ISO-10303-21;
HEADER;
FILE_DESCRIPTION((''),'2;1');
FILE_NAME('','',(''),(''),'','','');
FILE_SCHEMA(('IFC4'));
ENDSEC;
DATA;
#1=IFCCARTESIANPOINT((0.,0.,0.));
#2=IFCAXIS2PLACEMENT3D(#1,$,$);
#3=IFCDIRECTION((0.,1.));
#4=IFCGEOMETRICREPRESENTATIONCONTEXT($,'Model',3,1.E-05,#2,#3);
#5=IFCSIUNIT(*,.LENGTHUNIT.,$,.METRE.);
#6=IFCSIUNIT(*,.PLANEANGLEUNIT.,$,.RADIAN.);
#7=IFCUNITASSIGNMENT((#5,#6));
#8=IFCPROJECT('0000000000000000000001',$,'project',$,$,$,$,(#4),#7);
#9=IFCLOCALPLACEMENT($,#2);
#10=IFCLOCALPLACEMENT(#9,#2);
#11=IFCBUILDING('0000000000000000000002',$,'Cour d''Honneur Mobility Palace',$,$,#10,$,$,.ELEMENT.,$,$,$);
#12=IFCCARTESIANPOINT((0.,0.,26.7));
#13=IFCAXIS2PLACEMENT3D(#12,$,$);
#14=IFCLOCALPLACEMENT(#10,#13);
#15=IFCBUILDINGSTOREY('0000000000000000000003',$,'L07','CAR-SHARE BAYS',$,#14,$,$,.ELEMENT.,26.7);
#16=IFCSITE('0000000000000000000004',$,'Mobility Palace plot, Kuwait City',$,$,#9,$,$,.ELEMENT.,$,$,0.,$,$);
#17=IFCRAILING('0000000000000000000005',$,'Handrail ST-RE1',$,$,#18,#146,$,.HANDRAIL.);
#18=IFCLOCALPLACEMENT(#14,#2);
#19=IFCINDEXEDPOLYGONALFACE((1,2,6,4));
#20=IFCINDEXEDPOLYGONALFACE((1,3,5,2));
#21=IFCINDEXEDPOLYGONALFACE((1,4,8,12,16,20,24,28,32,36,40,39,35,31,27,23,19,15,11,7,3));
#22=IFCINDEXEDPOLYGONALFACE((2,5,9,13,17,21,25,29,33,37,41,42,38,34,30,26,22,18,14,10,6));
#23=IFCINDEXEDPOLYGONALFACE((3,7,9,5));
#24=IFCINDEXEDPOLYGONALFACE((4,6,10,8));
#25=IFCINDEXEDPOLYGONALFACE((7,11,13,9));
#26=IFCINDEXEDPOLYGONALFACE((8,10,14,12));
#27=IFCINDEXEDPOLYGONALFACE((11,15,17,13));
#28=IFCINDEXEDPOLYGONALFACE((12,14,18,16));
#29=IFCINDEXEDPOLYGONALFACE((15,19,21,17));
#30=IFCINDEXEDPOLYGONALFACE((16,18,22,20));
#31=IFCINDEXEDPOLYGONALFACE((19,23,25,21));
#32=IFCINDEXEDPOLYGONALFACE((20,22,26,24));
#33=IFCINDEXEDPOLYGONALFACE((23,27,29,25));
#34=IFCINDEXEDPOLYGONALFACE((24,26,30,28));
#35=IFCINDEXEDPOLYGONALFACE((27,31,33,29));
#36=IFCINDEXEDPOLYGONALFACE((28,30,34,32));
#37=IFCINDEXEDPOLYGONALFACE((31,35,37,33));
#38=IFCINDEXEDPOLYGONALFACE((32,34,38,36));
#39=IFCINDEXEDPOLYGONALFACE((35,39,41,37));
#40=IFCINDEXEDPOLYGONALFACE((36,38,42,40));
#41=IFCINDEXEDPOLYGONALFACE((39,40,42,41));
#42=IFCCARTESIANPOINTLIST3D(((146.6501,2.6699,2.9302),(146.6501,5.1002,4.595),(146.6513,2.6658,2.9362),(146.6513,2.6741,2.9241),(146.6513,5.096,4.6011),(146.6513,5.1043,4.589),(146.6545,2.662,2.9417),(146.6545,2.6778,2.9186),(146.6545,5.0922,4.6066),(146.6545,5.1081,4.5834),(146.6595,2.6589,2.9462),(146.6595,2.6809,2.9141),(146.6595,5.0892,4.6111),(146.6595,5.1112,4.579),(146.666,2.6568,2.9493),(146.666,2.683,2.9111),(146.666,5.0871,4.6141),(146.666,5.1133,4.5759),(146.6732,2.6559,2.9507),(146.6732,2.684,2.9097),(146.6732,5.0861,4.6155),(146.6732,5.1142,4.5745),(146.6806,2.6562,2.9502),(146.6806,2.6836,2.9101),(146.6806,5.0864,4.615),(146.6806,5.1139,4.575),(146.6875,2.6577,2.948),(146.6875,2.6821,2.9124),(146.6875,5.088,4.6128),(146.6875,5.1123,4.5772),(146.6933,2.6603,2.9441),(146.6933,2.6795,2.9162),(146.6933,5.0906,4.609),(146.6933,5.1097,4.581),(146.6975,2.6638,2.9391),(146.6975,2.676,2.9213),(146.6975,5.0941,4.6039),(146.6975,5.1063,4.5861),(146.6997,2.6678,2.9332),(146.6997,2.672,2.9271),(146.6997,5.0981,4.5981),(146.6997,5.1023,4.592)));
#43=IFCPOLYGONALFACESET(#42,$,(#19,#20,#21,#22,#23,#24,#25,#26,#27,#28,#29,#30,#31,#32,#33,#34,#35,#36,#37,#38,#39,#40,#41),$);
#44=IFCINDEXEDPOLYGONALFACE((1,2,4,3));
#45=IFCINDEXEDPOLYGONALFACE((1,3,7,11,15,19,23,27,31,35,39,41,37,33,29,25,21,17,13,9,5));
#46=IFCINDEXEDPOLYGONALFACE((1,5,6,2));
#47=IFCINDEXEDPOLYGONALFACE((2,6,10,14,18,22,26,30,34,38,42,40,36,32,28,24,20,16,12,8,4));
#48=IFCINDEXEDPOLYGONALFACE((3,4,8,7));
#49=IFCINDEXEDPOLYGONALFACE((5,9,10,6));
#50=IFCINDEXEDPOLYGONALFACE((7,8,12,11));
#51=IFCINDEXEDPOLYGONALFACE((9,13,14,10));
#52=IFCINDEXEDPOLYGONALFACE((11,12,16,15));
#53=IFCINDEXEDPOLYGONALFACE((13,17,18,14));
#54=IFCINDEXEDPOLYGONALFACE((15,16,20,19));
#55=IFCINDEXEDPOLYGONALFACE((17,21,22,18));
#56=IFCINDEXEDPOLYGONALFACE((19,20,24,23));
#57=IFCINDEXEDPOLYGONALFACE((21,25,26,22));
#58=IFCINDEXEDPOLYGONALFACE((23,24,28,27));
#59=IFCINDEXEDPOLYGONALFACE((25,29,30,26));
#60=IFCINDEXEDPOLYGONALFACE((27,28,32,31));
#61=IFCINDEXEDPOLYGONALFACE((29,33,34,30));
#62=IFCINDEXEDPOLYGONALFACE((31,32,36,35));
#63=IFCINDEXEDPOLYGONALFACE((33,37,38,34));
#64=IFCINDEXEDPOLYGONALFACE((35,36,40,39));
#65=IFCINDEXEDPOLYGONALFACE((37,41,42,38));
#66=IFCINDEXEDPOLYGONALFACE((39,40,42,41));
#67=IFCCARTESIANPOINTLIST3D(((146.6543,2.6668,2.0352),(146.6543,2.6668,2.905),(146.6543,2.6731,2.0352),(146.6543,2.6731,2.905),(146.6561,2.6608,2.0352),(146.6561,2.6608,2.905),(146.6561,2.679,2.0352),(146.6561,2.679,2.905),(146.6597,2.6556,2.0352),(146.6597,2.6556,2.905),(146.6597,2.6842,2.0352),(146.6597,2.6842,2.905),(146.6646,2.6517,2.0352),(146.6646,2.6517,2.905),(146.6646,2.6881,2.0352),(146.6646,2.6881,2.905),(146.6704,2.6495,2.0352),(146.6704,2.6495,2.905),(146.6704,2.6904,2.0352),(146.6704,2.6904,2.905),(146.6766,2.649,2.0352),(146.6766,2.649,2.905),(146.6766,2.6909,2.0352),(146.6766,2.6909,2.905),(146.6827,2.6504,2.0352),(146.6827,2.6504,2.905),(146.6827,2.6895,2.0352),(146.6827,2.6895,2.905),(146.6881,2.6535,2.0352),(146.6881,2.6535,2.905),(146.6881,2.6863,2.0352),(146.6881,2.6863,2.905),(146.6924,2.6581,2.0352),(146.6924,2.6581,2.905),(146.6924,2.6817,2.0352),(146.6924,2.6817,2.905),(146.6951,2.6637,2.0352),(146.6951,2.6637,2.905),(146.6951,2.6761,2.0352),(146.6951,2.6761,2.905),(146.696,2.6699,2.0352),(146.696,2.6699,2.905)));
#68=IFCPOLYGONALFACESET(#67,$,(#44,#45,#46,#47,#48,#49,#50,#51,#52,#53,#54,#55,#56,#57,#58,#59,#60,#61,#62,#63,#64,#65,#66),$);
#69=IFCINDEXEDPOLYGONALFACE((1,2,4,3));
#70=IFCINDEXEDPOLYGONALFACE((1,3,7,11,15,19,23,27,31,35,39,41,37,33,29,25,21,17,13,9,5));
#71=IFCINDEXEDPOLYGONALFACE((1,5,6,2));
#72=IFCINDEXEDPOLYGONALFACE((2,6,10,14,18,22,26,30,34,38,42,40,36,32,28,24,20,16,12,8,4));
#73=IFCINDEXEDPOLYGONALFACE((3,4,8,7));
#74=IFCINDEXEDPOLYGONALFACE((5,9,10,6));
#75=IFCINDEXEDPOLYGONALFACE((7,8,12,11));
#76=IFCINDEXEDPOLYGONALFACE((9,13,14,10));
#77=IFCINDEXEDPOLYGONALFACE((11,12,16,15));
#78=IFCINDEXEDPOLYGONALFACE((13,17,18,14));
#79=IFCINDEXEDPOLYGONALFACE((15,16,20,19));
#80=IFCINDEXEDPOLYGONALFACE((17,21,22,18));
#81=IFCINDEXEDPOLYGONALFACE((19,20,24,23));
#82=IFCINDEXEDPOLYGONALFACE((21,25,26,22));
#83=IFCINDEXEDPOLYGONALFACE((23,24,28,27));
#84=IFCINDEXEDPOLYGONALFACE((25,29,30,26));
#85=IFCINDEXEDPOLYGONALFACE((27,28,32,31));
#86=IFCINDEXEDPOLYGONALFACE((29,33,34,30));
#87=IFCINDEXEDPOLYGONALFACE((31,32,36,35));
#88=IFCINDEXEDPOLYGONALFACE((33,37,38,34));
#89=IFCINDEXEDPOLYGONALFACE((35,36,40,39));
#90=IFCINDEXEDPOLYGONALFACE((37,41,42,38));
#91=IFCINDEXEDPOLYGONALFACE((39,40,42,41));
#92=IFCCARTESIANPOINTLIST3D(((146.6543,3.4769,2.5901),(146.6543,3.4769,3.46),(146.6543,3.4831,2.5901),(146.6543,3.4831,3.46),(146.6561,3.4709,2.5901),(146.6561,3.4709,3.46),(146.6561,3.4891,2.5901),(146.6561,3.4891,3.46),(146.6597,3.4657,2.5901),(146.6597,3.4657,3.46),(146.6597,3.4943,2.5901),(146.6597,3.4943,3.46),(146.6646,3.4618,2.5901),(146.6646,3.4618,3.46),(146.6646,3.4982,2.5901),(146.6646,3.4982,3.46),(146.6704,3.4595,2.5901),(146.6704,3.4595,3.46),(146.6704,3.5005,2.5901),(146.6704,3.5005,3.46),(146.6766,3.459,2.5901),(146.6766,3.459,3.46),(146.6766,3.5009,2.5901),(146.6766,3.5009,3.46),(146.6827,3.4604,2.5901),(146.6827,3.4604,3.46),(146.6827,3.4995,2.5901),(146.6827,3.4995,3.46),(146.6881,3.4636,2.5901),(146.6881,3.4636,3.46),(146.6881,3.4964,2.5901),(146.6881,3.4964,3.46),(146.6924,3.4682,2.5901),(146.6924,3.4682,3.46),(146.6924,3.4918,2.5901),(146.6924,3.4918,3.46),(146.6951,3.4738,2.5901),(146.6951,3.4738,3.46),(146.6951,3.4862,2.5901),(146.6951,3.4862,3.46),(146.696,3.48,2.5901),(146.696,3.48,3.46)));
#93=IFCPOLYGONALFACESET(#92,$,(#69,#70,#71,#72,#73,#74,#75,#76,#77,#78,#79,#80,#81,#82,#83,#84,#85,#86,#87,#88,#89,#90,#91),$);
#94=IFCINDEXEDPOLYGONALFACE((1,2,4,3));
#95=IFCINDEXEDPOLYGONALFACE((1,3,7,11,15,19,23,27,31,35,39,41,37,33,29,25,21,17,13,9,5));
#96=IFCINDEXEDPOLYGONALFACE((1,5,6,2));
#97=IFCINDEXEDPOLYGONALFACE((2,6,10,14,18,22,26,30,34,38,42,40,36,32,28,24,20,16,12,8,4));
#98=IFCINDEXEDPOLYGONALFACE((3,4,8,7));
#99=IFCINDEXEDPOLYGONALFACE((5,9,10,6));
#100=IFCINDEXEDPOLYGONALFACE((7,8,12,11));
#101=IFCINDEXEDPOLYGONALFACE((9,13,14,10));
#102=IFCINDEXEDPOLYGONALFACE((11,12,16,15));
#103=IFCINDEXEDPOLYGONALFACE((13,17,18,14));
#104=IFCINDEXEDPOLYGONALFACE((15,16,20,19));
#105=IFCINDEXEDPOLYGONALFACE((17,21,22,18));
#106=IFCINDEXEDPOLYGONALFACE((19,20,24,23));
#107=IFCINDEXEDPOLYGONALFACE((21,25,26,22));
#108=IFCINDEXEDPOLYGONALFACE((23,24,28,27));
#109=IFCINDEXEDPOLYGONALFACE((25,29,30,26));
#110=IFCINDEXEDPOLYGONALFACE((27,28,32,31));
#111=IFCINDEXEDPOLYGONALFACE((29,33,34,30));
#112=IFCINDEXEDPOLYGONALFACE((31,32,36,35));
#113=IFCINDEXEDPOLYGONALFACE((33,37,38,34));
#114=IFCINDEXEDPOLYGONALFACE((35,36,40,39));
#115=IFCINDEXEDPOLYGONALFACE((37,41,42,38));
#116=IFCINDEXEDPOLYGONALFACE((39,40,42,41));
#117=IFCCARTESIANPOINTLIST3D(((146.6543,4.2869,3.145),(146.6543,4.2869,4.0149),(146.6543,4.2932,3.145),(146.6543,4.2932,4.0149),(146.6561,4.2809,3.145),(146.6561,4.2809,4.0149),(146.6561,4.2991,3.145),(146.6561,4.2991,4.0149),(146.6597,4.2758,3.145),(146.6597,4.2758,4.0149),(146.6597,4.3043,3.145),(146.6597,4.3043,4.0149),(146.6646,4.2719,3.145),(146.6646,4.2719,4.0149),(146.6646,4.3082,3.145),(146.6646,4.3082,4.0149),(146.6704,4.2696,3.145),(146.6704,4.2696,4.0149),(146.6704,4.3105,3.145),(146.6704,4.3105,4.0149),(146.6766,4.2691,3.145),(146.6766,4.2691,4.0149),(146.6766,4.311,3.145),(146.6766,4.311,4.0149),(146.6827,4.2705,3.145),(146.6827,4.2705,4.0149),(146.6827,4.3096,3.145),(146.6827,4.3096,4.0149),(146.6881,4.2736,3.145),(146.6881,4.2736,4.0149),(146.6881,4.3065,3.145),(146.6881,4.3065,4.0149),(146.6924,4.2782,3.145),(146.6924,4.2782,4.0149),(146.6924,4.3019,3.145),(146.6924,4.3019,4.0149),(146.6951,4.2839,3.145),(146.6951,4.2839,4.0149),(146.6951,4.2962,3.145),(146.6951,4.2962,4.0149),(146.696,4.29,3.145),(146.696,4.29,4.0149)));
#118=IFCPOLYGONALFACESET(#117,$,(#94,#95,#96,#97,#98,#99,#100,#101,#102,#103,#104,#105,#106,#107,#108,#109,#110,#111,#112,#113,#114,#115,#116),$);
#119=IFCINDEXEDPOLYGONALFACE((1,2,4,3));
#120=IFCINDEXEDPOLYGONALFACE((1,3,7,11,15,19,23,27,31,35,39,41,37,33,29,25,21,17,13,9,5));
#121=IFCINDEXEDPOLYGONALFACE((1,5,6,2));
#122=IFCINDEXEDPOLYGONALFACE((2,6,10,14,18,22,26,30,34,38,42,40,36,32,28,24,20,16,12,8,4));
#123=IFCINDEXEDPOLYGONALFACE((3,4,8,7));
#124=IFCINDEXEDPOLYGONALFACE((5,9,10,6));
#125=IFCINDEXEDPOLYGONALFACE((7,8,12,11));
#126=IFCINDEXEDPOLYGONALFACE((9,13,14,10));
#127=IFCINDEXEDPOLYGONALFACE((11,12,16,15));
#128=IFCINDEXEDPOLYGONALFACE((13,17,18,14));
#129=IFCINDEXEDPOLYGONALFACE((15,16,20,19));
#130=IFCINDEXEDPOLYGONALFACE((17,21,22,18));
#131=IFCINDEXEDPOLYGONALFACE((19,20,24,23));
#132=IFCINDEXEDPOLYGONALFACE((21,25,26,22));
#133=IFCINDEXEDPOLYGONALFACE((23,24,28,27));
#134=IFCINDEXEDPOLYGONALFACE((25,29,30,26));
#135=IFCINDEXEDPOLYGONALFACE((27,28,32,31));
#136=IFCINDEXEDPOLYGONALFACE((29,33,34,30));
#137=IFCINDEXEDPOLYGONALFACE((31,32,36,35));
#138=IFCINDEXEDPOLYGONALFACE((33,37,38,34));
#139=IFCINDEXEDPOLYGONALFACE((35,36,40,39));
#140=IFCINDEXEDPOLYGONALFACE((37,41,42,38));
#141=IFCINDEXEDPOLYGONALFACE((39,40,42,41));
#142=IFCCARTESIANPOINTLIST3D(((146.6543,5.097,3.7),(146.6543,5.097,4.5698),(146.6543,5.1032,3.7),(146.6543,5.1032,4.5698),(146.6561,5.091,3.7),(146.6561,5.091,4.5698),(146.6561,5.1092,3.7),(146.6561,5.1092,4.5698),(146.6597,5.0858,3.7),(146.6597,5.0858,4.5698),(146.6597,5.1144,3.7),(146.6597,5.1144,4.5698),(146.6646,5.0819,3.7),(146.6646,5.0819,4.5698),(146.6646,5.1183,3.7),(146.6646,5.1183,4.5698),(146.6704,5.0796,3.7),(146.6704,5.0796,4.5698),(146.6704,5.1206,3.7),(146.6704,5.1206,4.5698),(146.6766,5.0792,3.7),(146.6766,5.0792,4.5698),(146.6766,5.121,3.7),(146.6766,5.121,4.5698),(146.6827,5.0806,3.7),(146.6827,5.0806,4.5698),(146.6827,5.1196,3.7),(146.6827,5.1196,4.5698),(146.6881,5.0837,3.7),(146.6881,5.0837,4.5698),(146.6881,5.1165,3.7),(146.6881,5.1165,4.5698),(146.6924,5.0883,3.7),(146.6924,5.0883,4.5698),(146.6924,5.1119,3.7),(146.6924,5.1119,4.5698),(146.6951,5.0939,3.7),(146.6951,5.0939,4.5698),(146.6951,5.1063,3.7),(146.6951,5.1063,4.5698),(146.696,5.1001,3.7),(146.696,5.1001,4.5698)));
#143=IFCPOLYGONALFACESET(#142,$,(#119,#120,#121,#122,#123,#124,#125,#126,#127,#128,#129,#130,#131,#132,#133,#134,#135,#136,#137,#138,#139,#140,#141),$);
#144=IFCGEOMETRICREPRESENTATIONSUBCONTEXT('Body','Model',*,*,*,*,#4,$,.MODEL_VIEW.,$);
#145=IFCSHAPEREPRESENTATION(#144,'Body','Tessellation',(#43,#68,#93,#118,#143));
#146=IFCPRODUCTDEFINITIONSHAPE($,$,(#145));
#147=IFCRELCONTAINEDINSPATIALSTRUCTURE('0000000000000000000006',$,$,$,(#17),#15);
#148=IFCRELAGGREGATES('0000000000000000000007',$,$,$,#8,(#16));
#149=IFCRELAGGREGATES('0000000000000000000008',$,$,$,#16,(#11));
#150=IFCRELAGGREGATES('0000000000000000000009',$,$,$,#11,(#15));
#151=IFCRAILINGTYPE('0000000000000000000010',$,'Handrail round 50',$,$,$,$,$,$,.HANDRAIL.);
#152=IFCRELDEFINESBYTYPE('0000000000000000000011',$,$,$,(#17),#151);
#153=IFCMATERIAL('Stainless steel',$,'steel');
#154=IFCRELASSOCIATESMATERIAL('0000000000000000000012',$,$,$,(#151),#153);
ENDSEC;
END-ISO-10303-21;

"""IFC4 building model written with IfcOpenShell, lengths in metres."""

from ifc_helpers import new_model, si_unit, direction, frame, origin, origin_2d, place, context, subcontext, project, spatial, circle, extrude, material, type_object, element, save


model = new_model("IFC4")

# Units and contexts
model_context = context("Model", 3, precision=1e-05, world=origin(), true_north=direction((0.0, 1.0)))
body_context = subcontext(model_context, "Body", "Model", "MODEL_VIEW")
ifc_project = project(units=[si_unit("LENGTHUNIT", "METRE"), si_unit("PLANEANGLEUNIT", "RADIAN")], contexts=[model_context])

# Site, building, storey
site_placement = place(None, origin())
site = spatial("IfcSite", under=ifc_project, at=site_placement, Name="Mobility Palace plot, Kuwait City", CompositionType="ELEMENT", RefElevation=0.0)
building_placement = place(site_placement, origin())
building = spatial("IfcBuilding", under=site, at=building_placement, Name="Cour d'Honneur Mobility Palace", CompositionType="ELEMENT")
storey_placement = place(building_placement, frame((0.0, 0.0, 26.7)))
storey = spatial("IfcBuildingStorey", under=building, at=storey_placement, Name="L07", Description="CAR-SHARE BAYS", CompositionType="ELEMENT", Elevation=26.7)

# Railing
ifc_material_1 = material(Name="Stainless steel", Category="steel")
railing_type_1 = type_object("IfcRailingType", Name="Handrail round 50", PredefinedType="HANDRAIL", material=ifc_material_1)
for number, where, name in (
    (1, (146.675, 2.6699, 2.0352), "Handrail ST-RE1"),
):
    element("IfcRailing", number, at=place(storey_placement, frame(where)), inside=storey, type_object=railing_type_1, Name=name, PredefinedType="HANDRAIL", context=body_context, shape_type="SweptSolid", body=[
        extrude(circle(Radius=0.0249, at=origin_2d()), frame((0.0, 0.0, 0.895), z_axis=(0.0, 0.824984, 0.565156), x_axis=(-1.0, 0.0, 0.0)), (0.0, 0.0, 1.0), 2.9458),
        extrude(circle(Radius=0.021, at=origin_2d()), origin(), (0.0, 0.0, 1.0), 0.8699),
        extrude(circle(Radius=0.021, at=origin_2d()), frame((0.0, 0.8101, 0.5549)), (0.0, 0.0, 1.0), 0.8699),
        extrude(circle(Radius=0.021, at=origin_2d()), frame((0.0, 1.6201, 1.1099)), (0.0, 0.0, 1.0), 0.8699),
        extrude(circle(Radius=0.021, at=origin_2d()), frame((0.0, 2.4302, 1.6648)), (0.0, 0.0, 1.0), 0.8699),
    ])

save(model, "model.ifc")
